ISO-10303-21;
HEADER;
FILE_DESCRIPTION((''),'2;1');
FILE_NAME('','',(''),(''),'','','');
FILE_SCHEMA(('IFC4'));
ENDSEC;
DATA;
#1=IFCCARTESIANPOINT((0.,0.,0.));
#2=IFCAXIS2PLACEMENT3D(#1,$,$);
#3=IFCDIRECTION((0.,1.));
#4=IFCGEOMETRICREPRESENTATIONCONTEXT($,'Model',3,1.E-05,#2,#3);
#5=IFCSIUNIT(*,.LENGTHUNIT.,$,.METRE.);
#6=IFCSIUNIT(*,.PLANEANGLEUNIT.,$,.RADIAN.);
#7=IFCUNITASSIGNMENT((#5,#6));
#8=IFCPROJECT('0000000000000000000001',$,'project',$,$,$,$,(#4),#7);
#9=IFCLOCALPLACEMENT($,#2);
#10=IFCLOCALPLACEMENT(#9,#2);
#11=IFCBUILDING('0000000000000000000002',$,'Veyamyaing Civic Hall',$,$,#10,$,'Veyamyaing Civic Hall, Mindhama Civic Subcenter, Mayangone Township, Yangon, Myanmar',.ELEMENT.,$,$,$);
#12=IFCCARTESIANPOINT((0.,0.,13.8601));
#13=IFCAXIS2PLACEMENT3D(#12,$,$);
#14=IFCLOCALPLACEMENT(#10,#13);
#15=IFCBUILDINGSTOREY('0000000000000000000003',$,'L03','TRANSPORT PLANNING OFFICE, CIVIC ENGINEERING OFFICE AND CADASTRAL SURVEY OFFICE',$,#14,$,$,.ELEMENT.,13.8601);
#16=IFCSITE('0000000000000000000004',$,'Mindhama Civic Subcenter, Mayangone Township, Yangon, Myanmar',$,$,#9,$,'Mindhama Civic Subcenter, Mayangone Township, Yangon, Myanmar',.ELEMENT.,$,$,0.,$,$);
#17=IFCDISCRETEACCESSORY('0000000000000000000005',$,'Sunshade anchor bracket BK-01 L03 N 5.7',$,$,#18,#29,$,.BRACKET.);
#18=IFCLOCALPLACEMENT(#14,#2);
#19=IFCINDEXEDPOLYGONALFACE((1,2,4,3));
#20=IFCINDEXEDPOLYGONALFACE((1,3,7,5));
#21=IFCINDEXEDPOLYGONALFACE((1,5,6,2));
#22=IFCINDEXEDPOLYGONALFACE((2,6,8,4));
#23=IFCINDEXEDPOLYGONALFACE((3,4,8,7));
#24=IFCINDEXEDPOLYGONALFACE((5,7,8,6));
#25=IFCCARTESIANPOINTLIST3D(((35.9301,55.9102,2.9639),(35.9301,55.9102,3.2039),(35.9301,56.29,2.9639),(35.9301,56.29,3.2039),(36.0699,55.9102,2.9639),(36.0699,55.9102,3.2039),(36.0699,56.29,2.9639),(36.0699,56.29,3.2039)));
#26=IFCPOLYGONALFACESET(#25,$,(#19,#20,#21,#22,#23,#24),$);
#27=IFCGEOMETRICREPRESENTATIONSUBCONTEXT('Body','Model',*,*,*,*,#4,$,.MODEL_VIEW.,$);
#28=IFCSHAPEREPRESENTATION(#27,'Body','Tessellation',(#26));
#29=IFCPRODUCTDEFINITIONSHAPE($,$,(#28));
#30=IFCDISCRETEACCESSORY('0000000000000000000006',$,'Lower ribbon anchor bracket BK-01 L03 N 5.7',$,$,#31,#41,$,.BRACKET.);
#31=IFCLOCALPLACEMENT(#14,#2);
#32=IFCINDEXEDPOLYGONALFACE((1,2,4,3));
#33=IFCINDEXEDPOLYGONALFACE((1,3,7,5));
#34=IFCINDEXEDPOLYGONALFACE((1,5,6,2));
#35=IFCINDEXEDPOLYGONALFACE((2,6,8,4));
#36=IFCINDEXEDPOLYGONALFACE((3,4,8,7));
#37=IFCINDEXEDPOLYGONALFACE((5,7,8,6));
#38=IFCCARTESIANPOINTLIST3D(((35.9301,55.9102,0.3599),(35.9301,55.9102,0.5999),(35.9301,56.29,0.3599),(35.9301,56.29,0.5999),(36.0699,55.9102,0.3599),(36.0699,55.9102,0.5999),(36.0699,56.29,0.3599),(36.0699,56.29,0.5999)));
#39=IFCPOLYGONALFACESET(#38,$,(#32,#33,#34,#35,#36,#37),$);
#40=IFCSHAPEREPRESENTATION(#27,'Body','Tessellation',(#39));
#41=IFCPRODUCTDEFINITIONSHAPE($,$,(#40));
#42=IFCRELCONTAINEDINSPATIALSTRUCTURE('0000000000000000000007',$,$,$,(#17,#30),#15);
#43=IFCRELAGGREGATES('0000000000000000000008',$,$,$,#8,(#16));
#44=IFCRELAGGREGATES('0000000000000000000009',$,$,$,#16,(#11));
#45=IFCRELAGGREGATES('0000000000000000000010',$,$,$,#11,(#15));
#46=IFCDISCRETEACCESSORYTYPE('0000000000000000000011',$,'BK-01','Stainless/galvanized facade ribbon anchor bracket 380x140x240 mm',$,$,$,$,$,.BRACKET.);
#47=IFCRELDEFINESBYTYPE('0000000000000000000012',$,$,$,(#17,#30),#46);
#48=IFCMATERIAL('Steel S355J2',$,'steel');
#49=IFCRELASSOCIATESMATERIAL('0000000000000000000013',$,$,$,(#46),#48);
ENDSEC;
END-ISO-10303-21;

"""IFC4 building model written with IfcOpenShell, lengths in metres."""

from ifc_helpers import new_model, si_unit, direction, frame, origin, origin_2d, place, context, subcontext, project, spatial, rectangle, extrude, material, type_object, element, save


model = new_model("IFC4")

# Units and contexts
model_context = context("Model", 3, precision=1e-05, world=origin(), true_north=direction((0.0, 1.0)))
body_context = subcontext(model_context, "Body", "Model", "MODEL_VIEW")
ifc_project = project(units=[si_unit("LENGTHUNIT", "METRE"), si_unit("PLANEANGLEUNIT", "RADIAN")], contexts=[model_context])

# Site, building, storey
site_placement = place(None, origin())
site = spatial("IfcSite", under=ifc_project, at=site_placement, Name="Mindhama Civic Subcenter, Mayangone Township, Yangon, Myanmar", LongName="Mindhama Civic Subcenter, Mayangone Township, Yangon, Myanmar", CompositionType="ELEMENT", RefElevation=0.0)
building_placement = place(site_placement, origin())
building = spatial("IfcBuilding", under=site, at=building_placement, Name="Veyamyaing Civic Hall", LongName="Veyamyaing Civic Hall, Mindhama Civic Subcenter, Mayangone Township, Yangon, Myanmar", CompositionType="ELEMENT")
storey_placement = place(building_placement, frame((0.0, 0.0, 13.8601)))
storey = spatial("IfcBuildingStorey", under=building, at=storey_placement, Name="L03", Description="TRANSPORT PLANNING OFFICE, CIVIC ENGINEERING OFFICE AND CADASTRAL SURVEY OFFICE", CompositionType="ELEMENT", Elevation=13.8601)

# Discrete accessories
ifc_material_1 = material(Name="Steel S355J2", Category="steel")
discrete_accessory_type = type_object("IfcDiscreteAccessoryType", Name="BK-01", Description="Stainless/galvanized facade ribbon anchor bracket 380x140x240 mm", PredefinedType="BRACKET", material=ifc_material_1)
for number, where, z_axis, x_axis, name in (
    (1, (36.0, 56.1001, 2.9639), (0.0, 0.0, 1.0), (0.0, 1.0, 0.0), "Sunshade anchor bracket BK-01 L03 N 5.7"),
    (2, (36.0, 56.1001, 0.3599), (0.0, 0.0, 1.0), (0.0, 1.0, 0.0), "Lower ribbon anchor bracket BK-01 L03 N 5.7"),
):
    element("IfcDiscreteAccessory", number, at=place(storey_placement, frame(where, z_axis=z_axis, x_axis=x_axis)), inside=storey, type_object=discrete_accessory_type, Name=name, PredefinedType="BRACKET", context=body_context, shape_type="SweptSolid", body=[
        extrude(rectangle(XDim=0.3799, YDim=0.1399, at=origin_2d()), origin(), (0.0, 0.0, 1.0), 0.24),
    ])

save(model, "model.ifc")
